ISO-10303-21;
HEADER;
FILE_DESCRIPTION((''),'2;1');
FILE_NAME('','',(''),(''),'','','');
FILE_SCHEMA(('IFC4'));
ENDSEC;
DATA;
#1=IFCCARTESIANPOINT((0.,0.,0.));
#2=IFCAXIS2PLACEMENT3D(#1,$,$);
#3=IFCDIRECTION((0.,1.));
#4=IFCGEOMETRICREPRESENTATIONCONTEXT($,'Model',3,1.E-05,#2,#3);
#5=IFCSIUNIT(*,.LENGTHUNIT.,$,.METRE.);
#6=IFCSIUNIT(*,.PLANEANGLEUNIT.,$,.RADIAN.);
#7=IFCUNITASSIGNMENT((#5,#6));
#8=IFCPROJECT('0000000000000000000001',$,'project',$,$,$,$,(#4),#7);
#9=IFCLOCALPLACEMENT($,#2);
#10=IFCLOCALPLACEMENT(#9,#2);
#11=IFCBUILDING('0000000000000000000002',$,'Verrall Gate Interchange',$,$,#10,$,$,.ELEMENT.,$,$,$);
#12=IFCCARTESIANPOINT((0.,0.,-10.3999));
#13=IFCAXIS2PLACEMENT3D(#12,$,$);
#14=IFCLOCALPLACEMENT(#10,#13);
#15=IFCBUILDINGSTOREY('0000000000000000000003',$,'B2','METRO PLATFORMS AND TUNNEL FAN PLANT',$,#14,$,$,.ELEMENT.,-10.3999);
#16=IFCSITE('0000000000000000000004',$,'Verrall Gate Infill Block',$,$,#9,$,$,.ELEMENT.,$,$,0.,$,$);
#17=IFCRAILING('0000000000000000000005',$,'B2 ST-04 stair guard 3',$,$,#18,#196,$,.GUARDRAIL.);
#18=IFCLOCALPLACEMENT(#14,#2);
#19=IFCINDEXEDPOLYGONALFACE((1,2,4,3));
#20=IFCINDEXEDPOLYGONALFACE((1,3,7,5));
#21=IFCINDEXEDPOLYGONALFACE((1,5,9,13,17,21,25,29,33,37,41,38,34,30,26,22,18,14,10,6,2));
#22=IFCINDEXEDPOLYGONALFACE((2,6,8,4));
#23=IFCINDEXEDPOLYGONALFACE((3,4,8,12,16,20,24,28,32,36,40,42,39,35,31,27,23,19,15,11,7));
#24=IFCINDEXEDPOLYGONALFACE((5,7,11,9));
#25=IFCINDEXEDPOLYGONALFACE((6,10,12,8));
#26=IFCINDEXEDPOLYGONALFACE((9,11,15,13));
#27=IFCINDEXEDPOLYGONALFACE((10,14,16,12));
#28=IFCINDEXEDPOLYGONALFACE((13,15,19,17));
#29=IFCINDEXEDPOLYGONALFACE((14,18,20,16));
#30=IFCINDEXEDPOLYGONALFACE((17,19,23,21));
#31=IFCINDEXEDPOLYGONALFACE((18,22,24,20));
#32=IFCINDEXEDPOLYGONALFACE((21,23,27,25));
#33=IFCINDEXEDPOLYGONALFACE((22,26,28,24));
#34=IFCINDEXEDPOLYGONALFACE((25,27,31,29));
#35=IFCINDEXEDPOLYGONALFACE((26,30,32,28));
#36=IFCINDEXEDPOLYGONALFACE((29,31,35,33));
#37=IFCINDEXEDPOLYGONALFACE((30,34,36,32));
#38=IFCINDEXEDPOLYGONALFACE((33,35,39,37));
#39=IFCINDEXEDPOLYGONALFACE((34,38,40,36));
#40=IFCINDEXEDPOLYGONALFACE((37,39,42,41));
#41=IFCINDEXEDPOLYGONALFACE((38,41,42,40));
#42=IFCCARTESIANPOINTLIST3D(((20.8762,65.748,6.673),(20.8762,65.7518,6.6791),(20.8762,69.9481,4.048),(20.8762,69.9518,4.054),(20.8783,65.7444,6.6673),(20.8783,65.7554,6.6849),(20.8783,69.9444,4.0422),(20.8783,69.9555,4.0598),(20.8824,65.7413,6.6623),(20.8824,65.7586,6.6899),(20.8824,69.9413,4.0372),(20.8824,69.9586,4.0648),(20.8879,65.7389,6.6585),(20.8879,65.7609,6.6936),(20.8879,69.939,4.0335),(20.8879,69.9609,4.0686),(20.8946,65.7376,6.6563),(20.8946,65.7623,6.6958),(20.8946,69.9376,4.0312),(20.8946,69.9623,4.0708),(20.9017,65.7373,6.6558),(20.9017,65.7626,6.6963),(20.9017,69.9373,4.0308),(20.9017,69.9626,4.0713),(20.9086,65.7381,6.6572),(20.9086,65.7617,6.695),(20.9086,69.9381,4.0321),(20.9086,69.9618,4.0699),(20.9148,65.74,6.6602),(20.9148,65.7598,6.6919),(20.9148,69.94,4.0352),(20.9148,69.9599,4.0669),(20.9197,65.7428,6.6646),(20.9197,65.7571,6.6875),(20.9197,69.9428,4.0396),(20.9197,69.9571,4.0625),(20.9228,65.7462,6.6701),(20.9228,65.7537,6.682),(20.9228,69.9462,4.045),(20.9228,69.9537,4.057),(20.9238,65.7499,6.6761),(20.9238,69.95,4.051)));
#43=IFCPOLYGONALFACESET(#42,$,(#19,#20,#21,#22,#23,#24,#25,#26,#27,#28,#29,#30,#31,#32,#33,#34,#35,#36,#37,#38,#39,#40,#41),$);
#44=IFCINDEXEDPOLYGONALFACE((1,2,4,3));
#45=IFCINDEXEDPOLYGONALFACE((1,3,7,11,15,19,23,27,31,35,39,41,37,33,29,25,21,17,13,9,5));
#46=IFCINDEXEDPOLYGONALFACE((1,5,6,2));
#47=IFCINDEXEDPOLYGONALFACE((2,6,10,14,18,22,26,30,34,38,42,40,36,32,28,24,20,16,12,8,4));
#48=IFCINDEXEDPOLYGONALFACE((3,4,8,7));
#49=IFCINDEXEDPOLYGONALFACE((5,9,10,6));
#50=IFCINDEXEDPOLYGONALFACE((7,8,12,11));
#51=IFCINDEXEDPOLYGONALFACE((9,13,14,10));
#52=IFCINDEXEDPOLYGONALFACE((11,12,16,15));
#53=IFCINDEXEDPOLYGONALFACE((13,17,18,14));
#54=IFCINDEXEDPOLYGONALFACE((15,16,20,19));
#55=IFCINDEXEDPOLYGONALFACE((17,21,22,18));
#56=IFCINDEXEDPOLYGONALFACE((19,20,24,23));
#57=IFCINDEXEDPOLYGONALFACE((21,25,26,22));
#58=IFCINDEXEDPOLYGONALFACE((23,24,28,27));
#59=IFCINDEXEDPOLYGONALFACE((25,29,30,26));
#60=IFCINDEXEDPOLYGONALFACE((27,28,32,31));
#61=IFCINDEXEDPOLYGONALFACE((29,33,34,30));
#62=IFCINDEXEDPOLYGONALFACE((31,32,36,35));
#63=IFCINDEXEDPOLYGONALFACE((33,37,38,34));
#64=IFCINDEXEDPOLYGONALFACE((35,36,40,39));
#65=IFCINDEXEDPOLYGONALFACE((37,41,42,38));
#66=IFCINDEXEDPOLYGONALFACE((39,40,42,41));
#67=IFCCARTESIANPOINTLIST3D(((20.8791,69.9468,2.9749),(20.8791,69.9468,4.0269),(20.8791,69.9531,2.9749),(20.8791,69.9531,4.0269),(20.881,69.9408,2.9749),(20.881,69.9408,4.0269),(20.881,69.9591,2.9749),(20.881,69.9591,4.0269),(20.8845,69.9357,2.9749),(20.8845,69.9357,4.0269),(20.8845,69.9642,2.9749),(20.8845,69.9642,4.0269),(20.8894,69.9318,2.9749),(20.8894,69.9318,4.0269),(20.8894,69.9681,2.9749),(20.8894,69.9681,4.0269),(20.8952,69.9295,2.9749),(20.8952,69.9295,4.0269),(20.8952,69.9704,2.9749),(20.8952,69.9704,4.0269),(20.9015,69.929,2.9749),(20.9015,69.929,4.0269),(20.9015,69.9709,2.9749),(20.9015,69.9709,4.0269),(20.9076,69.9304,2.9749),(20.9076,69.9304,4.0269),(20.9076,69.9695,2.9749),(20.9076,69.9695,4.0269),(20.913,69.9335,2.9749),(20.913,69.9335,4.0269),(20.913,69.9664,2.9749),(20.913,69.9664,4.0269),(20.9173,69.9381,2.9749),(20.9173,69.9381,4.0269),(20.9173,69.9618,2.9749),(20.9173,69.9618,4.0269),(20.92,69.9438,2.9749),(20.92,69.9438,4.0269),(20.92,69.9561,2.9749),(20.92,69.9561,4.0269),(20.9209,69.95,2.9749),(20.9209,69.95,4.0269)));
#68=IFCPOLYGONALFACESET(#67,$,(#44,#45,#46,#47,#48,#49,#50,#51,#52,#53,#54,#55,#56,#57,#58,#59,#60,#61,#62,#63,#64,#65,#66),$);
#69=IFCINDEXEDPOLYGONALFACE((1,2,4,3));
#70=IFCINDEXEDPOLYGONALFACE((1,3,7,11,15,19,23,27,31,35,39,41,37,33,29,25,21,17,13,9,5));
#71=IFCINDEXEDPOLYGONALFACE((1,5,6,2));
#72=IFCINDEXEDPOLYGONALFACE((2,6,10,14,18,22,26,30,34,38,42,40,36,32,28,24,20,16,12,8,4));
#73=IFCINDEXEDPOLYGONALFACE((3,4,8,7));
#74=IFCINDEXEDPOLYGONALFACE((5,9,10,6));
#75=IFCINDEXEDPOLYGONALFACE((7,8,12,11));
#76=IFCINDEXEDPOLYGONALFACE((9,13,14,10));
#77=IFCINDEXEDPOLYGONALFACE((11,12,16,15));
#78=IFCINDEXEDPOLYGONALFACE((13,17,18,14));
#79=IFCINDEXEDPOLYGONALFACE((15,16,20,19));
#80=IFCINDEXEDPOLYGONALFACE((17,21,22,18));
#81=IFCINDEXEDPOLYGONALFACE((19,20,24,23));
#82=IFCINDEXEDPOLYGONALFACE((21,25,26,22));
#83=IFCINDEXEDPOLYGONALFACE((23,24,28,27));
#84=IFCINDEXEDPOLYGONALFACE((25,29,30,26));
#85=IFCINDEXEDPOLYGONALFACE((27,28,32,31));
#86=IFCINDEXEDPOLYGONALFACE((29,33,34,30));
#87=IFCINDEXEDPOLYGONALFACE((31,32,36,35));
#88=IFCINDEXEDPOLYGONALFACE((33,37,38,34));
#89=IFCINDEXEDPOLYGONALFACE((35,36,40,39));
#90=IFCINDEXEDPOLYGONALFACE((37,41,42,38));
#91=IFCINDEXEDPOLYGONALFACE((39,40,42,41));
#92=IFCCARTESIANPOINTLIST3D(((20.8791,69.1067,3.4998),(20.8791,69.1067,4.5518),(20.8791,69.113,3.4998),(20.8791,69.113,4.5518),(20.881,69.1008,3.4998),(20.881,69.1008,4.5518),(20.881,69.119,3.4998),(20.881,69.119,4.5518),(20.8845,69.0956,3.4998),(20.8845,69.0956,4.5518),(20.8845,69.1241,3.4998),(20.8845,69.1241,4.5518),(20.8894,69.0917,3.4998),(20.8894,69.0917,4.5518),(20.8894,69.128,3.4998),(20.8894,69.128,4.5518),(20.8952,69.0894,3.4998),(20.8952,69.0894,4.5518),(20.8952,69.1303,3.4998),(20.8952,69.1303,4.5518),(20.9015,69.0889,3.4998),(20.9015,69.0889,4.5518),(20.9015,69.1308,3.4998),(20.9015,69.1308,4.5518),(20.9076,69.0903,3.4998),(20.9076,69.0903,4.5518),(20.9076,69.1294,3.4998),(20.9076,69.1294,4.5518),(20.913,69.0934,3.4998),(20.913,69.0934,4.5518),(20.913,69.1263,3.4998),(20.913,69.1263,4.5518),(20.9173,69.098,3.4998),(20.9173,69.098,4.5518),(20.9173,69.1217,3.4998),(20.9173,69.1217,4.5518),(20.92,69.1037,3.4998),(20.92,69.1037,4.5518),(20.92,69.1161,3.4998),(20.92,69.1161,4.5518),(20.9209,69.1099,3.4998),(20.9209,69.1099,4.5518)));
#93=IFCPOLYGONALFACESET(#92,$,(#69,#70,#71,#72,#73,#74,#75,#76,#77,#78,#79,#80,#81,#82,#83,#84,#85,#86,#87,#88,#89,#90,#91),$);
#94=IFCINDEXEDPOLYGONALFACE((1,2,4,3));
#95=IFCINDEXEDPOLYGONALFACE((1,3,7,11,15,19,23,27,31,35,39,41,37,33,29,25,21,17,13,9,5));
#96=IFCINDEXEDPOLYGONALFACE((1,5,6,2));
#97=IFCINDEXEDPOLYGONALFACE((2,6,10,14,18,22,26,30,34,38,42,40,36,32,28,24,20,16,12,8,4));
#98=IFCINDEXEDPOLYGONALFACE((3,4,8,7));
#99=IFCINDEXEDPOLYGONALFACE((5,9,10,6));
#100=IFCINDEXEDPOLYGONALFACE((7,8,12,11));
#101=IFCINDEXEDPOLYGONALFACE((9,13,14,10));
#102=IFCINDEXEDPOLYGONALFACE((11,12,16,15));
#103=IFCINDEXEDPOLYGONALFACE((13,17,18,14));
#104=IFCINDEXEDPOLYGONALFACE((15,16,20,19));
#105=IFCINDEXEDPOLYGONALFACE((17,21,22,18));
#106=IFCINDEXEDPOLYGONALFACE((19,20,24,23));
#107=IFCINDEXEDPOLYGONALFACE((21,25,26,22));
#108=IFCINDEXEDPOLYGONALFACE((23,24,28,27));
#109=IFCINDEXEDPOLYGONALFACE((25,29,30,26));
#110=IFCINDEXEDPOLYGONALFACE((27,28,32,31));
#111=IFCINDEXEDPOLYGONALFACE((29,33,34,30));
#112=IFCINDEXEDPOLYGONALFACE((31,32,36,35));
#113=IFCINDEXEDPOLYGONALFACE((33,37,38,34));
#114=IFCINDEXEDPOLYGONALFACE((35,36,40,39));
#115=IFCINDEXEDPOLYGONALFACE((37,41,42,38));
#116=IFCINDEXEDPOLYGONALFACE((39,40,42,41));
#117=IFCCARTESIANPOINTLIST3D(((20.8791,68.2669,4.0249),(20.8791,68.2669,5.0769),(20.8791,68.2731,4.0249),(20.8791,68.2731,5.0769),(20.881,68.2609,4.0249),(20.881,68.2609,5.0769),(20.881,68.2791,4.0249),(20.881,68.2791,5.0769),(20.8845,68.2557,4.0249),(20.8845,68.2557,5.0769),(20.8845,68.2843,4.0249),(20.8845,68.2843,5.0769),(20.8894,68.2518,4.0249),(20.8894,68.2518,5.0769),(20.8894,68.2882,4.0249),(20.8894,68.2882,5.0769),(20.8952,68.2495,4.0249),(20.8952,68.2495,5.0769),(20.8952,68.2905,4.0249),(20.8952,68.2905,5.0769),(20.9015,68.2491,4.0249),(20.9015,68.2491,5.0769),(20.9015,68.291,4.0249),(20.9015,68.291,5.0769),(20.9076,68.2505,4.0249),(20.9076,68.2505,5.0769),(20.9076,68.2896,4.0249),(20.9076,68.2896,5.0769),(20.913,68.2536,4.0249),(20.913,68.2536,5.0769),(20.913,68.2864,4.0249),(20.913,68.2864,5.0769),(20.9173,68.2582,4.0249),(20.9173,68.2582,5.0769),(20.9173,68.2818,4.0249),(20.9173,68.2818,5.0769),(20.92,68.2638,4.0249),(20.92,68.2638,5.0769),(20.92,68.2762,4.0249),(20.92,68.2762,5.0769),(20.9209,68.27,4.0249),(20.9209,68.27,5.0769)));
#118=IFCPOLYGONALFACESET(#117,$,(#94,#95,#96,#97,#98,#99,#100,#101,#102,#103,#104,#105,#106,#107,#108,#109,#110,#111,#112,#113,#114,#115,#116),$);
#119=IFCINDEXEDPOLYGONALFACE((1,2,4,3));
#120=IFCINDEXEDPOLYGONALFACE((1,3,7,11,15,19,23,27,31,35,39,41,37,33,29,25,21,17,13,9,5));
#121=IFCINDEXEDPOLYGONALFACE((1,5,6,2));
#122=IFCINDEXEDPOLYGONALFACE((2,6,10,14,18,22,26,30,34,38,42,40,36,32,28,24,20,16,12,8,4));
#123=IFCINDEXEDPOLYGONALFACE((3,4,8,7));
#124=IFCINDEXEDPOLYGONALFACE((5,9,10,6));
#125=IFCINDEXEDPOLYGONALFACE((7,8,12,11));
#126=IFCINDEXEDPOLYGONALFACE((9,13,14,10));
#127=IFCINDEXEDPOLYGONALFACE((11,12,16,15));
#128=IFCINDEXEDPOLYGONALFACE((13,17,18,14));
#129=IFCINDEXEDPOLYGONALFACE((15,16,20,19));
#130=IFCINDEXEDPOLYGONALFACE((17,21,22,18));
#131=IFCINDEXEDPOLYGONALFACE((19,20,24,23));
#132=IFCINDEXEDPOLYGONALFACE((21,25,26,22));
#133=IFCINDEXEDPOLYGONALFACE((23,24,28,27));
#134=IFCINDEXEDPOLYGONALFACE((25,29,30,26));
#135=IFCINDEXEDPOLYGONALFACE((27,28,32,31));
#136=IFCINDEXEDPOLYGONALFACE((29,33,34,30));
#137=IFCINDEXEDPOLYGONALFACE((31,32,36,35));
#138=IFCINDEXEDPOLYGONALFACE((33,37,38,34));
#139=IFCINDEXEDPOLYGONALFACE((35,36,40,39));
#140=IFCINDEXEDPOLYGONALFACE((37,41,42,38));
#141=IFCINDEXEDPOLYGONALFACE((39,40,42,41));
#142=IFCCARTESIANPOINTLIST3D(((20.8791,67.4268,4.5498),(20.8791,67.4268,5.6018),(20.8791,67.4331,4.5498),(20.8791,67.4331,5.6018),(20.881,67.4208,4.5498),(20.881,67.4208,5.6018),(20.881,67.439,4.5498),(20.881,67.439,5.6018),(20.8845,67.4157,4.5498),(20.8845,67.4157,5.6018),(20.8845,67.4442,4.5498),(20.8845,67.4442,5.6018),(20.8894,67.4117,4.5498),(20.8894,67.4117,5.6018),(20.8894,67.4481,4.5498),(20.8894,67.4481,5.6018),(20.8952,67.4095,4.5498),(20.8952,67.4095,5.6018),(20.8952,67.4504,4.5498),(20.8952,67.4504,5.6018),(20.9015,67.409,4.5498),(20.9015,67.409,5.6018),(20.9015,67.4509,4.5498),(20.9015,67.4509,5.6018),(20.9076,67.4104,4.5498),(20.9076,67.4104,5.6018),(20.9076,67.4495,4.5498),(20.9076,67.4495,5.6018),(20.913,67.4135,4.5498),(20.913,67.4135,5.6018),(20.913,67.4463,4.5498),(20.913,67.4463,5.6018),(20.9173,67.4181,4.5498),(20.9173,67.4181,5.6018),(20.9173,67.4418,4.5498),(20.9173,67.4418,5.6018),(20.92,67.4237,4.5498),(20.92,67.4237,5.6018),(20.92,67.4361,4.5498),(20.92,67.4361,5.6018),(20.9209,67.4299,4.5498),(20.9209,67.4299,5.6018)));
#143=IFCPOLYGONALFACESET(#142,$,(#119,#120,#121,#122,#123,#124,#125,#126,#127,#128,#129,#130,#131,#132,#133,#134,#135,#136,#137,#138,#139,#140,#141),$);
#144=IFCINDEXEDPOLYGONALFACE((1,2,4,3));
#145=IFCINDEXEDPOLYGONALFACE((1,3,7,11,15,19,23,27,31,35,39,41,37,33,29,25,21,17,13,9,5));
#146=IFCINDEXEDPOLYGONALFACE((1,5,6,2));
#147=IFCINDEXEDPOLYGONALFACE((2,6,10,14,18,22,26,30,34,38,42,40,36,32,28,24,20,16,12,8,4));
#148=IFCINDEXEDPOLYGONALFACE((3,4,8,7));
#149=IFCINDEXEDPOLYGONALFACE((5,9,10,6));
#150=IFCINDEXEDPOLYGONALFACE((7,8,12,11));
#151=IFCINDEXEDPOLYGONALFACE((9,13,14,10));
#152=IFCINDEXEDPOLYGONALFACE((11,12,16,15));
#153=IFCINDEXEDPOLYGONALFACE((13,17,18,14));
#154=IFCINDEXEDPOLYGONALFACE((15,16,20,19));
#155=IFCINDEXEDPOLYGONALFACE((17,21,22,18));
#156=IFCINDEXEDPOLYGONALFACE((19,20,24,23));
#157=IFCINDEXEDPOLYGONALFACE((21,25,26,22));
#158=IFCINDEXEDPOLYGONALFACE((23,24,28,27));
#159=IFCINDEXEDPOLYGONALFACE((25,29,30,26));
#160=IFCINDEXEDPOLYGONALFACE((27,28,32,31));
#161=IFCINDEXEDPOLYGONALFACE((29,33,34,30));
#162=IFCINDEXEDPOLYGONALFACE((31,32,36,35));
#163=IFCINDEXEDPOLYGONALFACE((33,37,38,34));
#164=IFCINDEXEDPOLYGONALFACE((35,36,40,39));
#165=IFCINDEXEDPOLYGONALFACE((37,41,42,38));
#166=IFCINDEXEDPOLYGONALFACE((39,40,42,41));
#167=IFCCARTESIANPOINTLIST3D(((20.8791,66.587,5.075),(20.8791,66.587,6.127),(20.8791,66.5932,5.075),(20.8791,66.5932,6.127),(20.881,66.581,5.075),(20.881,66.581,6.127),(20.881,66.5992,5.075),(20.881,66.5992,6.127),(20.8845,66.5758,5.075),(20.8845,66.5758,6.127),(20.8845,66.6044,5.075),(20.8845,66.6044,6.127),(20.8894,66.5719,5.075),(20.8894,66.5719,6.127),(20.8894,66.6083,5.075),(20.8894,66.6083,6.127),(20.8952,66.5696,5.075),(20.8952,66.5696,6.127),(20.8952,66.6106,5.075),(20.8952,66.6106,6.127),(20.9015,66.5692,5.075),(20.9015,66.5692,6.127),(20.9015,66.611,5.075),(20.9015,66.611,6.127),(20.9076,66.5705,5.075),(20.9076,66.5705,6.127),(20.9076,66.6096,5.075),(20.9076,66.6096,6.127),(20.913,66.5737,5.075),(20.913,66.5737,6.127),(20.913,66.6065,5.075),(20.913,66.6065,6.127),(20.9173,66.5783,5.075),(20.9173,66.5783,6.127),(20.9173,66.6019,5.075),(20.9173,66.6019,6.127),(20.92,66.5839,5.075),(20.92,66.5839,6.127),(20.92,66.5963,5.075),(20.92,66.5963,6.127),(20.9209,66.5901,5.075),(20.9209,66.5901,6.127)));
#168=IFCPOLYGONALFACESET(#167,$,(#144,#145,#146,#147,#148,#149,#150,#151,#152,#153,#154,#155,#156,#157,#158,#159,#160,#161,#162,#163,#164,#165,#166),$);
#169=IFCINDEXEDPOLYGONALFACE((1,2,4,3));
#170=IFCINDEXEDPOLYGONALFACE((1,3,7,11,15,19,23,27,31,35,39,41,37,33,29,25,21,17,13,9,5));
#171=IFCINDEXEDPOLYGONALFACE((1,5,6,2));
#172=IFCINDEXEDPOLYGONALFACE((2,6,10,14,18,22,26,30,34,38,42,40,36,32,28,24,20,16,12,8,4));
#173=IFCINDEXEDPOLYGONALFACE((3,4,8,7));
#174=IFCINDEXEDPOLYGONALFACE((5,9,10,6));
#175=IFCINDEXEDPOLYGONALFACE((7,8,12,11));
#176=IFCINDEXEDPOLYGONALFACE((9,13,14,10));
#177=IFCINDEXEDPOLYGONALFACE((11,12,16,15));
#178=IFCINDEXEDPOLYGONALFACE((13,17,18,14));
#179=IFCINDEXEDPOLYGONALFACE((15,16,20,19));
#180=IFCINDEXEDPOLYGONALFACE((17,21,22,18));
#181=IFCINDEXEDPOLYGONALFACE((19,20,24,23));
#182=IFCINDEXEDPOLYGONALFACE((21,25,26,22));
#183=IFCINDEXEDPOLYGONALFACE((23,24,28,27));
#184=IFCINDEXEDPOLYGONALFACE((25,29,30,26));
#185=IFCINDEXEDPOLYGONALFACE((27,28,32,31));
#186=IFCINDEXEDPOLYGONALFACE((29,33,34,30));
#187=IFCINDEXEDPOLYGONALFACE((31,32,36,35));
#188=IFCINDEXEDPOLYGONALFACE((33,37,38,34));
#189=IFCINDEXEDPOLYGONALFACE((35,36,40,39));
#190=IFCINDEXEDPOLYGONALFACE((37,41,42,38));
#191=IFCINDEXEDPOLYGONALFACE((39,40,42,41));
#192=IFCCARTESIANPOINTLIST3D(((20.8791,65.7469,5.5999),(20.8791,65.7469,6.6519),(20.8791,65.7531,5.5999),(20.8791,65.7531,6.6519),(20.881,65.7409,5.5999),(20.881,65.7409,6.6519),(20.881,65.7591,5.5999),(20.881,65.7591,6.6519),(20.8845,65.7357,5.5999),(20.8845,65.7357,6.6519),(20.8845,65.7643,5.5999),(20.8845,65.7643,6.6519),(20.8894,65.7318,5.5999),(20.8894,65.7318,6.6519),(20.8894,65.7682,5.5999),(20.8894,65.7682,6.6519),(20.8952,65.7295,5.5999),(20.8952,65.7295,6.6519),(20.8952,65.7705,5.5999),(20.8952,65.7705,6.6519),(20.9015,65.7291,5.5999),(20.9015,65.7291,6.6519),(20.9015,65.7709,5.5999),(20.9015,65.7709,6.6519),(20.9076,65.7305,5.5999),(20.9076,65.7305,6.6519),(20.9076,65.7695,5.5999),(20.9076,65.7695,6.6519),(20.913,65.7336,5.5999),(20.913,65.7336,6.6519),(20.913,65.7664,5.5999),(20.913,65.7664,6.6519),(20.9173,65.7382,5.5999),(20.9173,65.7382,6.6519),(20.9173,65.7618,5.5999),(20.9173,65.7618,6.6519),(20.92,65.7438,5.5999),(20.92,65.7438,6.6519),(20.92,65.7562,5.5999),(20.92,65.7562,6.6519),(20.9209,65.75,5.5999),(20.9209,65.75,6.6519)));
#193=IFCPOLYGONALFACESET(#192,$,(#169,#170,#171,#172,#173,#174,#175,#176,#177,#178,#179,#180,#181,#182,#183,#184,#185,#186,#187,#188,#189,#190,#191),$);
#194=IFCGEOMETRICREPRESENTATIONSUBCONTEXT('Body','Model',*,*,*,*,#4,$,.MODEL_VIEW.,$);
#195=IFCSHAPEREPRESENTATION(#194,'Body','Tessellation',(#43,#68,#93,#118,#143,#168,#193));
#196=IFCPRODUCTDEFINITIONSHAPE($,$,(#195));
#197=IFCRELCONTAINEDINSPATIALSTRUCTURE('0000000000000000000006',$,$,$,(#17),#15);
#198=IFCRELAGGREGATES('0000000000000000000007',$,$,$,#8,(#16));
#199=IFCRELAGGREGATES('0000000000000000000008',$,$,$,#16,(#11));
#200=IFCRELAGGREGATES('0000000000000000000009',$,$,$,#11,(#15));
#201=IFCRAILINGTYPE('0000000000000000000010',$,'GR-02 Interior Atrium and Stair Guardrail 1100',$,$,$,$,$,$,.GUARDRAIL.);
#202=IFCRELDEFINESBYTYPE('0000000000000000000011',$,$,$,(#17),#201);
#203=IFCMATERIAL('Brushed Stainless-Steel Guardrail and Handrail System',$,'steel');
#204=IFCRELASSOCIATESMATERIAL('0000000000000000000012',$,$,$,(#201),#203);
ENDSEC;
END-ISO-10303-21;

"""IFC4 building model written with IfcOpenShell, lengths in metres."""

from ifc_helpers import new_model, si_unit, direction, frame, origin, origin_2d, place, context, subcontext, project, spatial, circle, extrude, material, type_object, element, save


model = new_model("IFC4")

# Units and contexts
model_context = context("Model", 3, precision=1e-05, world=origin(), true_north=direction((0.0, 1.0)))
body_context = subcontext(model_context, "Body", "Model", "MODEL_VIEW")
ifc_project = project(units=[si_unit("LENGTHUNIT", "METRE"), si_unit("PLANEANGLEUNIT", "RADIAN")], contexts=[model_context])

# Site, building, storey
site_placement = place(None, origin())
site = spatial("IfcSite", under=ifc_project, at=site_placement, Name="Verrall Gate Infill Block", CompositionType="ELEMENT", RefElevation=0.0)
building_placement = place(site_placement, origin())
building = spatial("IfcBuilding", under=site, at=building_placement, Name="Verrall Gate Interchange", CompositionType="ELEMENT")
storey_placement = place(building_placement, frame((0.0, 0.0, -10.3999)))
storey = spatial("IfcBuildingStorey", under=building, at=storey_placement, Name="B2", Description="METRO PLATFORMS AND TUNNEL FAN PLANT", CompositionType="ELEMENT", Elevation=-10.3999)

# Railing
ifc_material_1 = material(Name="Brushed Stainless-Steel Guardrail and Handrail System", Category="steel")
railing_type_1 = type_object("IfcRailingType", Name="GR-02 Interior Atrium and Stair Guardrail 1100", PredefinedType="GUARDRAIL", material=ifc_material_1)
railing_1_placement = place(storey_placement, frame((20.8999, 69.95, 2.9749)))
element("IfcRailing", 1, at=railing_1_placement, inside=storey, type_object=railing_type_1, Name="B2 ST-04 stair guard 3", PredefinedType="GUARDRAIL", context=body_context, shape_type="SweptSolid", body=[
    extrude(circle(Radius=0.0239, at=origin_2d()), frame((0.0, 0.0, 1.0762), z_axis=(0.0, -0.847996, 0.530003), x_axis=(1.0, 0.0, 0.0)), (0.0, 0.0, 1.0), 4.9529),
    extrude(circle(Radius=0.021, at=origin_2d()), origin(), (0.0, 0.0, 1.0), 1.052),
    extrude(circle(Radius=0.021, at=origin_2d()), frame((0.0, -0.8401, 0.5249)), (0.0, 0.0, 1.0), 1.052),
    extrude(circle(Radius=0.021, at=origin_2d()), frame((0.0, -1.6799, 1.05)), (0.0, 0.0, 1.0), 1.052),
    extrude(circle(Radius=0.021, at=origin_2d()), frame((0.0, -2.52, 1.575)), (0.0, 0.0, 1.0), 1.052),
    extrude(circle(Radius=0.021, at=origin_2d()), frame((0.0, -3.3599, 2.1001)), (0.0, 0.0, 1.0), 1.052),
    extrude(circle(Radius=0.021, at=origin_2d()), frame((0.0, -4.2, 2.625)), (0.0, 0.0, 1.0), 1.052),
])

save(model, "model.ifc")
